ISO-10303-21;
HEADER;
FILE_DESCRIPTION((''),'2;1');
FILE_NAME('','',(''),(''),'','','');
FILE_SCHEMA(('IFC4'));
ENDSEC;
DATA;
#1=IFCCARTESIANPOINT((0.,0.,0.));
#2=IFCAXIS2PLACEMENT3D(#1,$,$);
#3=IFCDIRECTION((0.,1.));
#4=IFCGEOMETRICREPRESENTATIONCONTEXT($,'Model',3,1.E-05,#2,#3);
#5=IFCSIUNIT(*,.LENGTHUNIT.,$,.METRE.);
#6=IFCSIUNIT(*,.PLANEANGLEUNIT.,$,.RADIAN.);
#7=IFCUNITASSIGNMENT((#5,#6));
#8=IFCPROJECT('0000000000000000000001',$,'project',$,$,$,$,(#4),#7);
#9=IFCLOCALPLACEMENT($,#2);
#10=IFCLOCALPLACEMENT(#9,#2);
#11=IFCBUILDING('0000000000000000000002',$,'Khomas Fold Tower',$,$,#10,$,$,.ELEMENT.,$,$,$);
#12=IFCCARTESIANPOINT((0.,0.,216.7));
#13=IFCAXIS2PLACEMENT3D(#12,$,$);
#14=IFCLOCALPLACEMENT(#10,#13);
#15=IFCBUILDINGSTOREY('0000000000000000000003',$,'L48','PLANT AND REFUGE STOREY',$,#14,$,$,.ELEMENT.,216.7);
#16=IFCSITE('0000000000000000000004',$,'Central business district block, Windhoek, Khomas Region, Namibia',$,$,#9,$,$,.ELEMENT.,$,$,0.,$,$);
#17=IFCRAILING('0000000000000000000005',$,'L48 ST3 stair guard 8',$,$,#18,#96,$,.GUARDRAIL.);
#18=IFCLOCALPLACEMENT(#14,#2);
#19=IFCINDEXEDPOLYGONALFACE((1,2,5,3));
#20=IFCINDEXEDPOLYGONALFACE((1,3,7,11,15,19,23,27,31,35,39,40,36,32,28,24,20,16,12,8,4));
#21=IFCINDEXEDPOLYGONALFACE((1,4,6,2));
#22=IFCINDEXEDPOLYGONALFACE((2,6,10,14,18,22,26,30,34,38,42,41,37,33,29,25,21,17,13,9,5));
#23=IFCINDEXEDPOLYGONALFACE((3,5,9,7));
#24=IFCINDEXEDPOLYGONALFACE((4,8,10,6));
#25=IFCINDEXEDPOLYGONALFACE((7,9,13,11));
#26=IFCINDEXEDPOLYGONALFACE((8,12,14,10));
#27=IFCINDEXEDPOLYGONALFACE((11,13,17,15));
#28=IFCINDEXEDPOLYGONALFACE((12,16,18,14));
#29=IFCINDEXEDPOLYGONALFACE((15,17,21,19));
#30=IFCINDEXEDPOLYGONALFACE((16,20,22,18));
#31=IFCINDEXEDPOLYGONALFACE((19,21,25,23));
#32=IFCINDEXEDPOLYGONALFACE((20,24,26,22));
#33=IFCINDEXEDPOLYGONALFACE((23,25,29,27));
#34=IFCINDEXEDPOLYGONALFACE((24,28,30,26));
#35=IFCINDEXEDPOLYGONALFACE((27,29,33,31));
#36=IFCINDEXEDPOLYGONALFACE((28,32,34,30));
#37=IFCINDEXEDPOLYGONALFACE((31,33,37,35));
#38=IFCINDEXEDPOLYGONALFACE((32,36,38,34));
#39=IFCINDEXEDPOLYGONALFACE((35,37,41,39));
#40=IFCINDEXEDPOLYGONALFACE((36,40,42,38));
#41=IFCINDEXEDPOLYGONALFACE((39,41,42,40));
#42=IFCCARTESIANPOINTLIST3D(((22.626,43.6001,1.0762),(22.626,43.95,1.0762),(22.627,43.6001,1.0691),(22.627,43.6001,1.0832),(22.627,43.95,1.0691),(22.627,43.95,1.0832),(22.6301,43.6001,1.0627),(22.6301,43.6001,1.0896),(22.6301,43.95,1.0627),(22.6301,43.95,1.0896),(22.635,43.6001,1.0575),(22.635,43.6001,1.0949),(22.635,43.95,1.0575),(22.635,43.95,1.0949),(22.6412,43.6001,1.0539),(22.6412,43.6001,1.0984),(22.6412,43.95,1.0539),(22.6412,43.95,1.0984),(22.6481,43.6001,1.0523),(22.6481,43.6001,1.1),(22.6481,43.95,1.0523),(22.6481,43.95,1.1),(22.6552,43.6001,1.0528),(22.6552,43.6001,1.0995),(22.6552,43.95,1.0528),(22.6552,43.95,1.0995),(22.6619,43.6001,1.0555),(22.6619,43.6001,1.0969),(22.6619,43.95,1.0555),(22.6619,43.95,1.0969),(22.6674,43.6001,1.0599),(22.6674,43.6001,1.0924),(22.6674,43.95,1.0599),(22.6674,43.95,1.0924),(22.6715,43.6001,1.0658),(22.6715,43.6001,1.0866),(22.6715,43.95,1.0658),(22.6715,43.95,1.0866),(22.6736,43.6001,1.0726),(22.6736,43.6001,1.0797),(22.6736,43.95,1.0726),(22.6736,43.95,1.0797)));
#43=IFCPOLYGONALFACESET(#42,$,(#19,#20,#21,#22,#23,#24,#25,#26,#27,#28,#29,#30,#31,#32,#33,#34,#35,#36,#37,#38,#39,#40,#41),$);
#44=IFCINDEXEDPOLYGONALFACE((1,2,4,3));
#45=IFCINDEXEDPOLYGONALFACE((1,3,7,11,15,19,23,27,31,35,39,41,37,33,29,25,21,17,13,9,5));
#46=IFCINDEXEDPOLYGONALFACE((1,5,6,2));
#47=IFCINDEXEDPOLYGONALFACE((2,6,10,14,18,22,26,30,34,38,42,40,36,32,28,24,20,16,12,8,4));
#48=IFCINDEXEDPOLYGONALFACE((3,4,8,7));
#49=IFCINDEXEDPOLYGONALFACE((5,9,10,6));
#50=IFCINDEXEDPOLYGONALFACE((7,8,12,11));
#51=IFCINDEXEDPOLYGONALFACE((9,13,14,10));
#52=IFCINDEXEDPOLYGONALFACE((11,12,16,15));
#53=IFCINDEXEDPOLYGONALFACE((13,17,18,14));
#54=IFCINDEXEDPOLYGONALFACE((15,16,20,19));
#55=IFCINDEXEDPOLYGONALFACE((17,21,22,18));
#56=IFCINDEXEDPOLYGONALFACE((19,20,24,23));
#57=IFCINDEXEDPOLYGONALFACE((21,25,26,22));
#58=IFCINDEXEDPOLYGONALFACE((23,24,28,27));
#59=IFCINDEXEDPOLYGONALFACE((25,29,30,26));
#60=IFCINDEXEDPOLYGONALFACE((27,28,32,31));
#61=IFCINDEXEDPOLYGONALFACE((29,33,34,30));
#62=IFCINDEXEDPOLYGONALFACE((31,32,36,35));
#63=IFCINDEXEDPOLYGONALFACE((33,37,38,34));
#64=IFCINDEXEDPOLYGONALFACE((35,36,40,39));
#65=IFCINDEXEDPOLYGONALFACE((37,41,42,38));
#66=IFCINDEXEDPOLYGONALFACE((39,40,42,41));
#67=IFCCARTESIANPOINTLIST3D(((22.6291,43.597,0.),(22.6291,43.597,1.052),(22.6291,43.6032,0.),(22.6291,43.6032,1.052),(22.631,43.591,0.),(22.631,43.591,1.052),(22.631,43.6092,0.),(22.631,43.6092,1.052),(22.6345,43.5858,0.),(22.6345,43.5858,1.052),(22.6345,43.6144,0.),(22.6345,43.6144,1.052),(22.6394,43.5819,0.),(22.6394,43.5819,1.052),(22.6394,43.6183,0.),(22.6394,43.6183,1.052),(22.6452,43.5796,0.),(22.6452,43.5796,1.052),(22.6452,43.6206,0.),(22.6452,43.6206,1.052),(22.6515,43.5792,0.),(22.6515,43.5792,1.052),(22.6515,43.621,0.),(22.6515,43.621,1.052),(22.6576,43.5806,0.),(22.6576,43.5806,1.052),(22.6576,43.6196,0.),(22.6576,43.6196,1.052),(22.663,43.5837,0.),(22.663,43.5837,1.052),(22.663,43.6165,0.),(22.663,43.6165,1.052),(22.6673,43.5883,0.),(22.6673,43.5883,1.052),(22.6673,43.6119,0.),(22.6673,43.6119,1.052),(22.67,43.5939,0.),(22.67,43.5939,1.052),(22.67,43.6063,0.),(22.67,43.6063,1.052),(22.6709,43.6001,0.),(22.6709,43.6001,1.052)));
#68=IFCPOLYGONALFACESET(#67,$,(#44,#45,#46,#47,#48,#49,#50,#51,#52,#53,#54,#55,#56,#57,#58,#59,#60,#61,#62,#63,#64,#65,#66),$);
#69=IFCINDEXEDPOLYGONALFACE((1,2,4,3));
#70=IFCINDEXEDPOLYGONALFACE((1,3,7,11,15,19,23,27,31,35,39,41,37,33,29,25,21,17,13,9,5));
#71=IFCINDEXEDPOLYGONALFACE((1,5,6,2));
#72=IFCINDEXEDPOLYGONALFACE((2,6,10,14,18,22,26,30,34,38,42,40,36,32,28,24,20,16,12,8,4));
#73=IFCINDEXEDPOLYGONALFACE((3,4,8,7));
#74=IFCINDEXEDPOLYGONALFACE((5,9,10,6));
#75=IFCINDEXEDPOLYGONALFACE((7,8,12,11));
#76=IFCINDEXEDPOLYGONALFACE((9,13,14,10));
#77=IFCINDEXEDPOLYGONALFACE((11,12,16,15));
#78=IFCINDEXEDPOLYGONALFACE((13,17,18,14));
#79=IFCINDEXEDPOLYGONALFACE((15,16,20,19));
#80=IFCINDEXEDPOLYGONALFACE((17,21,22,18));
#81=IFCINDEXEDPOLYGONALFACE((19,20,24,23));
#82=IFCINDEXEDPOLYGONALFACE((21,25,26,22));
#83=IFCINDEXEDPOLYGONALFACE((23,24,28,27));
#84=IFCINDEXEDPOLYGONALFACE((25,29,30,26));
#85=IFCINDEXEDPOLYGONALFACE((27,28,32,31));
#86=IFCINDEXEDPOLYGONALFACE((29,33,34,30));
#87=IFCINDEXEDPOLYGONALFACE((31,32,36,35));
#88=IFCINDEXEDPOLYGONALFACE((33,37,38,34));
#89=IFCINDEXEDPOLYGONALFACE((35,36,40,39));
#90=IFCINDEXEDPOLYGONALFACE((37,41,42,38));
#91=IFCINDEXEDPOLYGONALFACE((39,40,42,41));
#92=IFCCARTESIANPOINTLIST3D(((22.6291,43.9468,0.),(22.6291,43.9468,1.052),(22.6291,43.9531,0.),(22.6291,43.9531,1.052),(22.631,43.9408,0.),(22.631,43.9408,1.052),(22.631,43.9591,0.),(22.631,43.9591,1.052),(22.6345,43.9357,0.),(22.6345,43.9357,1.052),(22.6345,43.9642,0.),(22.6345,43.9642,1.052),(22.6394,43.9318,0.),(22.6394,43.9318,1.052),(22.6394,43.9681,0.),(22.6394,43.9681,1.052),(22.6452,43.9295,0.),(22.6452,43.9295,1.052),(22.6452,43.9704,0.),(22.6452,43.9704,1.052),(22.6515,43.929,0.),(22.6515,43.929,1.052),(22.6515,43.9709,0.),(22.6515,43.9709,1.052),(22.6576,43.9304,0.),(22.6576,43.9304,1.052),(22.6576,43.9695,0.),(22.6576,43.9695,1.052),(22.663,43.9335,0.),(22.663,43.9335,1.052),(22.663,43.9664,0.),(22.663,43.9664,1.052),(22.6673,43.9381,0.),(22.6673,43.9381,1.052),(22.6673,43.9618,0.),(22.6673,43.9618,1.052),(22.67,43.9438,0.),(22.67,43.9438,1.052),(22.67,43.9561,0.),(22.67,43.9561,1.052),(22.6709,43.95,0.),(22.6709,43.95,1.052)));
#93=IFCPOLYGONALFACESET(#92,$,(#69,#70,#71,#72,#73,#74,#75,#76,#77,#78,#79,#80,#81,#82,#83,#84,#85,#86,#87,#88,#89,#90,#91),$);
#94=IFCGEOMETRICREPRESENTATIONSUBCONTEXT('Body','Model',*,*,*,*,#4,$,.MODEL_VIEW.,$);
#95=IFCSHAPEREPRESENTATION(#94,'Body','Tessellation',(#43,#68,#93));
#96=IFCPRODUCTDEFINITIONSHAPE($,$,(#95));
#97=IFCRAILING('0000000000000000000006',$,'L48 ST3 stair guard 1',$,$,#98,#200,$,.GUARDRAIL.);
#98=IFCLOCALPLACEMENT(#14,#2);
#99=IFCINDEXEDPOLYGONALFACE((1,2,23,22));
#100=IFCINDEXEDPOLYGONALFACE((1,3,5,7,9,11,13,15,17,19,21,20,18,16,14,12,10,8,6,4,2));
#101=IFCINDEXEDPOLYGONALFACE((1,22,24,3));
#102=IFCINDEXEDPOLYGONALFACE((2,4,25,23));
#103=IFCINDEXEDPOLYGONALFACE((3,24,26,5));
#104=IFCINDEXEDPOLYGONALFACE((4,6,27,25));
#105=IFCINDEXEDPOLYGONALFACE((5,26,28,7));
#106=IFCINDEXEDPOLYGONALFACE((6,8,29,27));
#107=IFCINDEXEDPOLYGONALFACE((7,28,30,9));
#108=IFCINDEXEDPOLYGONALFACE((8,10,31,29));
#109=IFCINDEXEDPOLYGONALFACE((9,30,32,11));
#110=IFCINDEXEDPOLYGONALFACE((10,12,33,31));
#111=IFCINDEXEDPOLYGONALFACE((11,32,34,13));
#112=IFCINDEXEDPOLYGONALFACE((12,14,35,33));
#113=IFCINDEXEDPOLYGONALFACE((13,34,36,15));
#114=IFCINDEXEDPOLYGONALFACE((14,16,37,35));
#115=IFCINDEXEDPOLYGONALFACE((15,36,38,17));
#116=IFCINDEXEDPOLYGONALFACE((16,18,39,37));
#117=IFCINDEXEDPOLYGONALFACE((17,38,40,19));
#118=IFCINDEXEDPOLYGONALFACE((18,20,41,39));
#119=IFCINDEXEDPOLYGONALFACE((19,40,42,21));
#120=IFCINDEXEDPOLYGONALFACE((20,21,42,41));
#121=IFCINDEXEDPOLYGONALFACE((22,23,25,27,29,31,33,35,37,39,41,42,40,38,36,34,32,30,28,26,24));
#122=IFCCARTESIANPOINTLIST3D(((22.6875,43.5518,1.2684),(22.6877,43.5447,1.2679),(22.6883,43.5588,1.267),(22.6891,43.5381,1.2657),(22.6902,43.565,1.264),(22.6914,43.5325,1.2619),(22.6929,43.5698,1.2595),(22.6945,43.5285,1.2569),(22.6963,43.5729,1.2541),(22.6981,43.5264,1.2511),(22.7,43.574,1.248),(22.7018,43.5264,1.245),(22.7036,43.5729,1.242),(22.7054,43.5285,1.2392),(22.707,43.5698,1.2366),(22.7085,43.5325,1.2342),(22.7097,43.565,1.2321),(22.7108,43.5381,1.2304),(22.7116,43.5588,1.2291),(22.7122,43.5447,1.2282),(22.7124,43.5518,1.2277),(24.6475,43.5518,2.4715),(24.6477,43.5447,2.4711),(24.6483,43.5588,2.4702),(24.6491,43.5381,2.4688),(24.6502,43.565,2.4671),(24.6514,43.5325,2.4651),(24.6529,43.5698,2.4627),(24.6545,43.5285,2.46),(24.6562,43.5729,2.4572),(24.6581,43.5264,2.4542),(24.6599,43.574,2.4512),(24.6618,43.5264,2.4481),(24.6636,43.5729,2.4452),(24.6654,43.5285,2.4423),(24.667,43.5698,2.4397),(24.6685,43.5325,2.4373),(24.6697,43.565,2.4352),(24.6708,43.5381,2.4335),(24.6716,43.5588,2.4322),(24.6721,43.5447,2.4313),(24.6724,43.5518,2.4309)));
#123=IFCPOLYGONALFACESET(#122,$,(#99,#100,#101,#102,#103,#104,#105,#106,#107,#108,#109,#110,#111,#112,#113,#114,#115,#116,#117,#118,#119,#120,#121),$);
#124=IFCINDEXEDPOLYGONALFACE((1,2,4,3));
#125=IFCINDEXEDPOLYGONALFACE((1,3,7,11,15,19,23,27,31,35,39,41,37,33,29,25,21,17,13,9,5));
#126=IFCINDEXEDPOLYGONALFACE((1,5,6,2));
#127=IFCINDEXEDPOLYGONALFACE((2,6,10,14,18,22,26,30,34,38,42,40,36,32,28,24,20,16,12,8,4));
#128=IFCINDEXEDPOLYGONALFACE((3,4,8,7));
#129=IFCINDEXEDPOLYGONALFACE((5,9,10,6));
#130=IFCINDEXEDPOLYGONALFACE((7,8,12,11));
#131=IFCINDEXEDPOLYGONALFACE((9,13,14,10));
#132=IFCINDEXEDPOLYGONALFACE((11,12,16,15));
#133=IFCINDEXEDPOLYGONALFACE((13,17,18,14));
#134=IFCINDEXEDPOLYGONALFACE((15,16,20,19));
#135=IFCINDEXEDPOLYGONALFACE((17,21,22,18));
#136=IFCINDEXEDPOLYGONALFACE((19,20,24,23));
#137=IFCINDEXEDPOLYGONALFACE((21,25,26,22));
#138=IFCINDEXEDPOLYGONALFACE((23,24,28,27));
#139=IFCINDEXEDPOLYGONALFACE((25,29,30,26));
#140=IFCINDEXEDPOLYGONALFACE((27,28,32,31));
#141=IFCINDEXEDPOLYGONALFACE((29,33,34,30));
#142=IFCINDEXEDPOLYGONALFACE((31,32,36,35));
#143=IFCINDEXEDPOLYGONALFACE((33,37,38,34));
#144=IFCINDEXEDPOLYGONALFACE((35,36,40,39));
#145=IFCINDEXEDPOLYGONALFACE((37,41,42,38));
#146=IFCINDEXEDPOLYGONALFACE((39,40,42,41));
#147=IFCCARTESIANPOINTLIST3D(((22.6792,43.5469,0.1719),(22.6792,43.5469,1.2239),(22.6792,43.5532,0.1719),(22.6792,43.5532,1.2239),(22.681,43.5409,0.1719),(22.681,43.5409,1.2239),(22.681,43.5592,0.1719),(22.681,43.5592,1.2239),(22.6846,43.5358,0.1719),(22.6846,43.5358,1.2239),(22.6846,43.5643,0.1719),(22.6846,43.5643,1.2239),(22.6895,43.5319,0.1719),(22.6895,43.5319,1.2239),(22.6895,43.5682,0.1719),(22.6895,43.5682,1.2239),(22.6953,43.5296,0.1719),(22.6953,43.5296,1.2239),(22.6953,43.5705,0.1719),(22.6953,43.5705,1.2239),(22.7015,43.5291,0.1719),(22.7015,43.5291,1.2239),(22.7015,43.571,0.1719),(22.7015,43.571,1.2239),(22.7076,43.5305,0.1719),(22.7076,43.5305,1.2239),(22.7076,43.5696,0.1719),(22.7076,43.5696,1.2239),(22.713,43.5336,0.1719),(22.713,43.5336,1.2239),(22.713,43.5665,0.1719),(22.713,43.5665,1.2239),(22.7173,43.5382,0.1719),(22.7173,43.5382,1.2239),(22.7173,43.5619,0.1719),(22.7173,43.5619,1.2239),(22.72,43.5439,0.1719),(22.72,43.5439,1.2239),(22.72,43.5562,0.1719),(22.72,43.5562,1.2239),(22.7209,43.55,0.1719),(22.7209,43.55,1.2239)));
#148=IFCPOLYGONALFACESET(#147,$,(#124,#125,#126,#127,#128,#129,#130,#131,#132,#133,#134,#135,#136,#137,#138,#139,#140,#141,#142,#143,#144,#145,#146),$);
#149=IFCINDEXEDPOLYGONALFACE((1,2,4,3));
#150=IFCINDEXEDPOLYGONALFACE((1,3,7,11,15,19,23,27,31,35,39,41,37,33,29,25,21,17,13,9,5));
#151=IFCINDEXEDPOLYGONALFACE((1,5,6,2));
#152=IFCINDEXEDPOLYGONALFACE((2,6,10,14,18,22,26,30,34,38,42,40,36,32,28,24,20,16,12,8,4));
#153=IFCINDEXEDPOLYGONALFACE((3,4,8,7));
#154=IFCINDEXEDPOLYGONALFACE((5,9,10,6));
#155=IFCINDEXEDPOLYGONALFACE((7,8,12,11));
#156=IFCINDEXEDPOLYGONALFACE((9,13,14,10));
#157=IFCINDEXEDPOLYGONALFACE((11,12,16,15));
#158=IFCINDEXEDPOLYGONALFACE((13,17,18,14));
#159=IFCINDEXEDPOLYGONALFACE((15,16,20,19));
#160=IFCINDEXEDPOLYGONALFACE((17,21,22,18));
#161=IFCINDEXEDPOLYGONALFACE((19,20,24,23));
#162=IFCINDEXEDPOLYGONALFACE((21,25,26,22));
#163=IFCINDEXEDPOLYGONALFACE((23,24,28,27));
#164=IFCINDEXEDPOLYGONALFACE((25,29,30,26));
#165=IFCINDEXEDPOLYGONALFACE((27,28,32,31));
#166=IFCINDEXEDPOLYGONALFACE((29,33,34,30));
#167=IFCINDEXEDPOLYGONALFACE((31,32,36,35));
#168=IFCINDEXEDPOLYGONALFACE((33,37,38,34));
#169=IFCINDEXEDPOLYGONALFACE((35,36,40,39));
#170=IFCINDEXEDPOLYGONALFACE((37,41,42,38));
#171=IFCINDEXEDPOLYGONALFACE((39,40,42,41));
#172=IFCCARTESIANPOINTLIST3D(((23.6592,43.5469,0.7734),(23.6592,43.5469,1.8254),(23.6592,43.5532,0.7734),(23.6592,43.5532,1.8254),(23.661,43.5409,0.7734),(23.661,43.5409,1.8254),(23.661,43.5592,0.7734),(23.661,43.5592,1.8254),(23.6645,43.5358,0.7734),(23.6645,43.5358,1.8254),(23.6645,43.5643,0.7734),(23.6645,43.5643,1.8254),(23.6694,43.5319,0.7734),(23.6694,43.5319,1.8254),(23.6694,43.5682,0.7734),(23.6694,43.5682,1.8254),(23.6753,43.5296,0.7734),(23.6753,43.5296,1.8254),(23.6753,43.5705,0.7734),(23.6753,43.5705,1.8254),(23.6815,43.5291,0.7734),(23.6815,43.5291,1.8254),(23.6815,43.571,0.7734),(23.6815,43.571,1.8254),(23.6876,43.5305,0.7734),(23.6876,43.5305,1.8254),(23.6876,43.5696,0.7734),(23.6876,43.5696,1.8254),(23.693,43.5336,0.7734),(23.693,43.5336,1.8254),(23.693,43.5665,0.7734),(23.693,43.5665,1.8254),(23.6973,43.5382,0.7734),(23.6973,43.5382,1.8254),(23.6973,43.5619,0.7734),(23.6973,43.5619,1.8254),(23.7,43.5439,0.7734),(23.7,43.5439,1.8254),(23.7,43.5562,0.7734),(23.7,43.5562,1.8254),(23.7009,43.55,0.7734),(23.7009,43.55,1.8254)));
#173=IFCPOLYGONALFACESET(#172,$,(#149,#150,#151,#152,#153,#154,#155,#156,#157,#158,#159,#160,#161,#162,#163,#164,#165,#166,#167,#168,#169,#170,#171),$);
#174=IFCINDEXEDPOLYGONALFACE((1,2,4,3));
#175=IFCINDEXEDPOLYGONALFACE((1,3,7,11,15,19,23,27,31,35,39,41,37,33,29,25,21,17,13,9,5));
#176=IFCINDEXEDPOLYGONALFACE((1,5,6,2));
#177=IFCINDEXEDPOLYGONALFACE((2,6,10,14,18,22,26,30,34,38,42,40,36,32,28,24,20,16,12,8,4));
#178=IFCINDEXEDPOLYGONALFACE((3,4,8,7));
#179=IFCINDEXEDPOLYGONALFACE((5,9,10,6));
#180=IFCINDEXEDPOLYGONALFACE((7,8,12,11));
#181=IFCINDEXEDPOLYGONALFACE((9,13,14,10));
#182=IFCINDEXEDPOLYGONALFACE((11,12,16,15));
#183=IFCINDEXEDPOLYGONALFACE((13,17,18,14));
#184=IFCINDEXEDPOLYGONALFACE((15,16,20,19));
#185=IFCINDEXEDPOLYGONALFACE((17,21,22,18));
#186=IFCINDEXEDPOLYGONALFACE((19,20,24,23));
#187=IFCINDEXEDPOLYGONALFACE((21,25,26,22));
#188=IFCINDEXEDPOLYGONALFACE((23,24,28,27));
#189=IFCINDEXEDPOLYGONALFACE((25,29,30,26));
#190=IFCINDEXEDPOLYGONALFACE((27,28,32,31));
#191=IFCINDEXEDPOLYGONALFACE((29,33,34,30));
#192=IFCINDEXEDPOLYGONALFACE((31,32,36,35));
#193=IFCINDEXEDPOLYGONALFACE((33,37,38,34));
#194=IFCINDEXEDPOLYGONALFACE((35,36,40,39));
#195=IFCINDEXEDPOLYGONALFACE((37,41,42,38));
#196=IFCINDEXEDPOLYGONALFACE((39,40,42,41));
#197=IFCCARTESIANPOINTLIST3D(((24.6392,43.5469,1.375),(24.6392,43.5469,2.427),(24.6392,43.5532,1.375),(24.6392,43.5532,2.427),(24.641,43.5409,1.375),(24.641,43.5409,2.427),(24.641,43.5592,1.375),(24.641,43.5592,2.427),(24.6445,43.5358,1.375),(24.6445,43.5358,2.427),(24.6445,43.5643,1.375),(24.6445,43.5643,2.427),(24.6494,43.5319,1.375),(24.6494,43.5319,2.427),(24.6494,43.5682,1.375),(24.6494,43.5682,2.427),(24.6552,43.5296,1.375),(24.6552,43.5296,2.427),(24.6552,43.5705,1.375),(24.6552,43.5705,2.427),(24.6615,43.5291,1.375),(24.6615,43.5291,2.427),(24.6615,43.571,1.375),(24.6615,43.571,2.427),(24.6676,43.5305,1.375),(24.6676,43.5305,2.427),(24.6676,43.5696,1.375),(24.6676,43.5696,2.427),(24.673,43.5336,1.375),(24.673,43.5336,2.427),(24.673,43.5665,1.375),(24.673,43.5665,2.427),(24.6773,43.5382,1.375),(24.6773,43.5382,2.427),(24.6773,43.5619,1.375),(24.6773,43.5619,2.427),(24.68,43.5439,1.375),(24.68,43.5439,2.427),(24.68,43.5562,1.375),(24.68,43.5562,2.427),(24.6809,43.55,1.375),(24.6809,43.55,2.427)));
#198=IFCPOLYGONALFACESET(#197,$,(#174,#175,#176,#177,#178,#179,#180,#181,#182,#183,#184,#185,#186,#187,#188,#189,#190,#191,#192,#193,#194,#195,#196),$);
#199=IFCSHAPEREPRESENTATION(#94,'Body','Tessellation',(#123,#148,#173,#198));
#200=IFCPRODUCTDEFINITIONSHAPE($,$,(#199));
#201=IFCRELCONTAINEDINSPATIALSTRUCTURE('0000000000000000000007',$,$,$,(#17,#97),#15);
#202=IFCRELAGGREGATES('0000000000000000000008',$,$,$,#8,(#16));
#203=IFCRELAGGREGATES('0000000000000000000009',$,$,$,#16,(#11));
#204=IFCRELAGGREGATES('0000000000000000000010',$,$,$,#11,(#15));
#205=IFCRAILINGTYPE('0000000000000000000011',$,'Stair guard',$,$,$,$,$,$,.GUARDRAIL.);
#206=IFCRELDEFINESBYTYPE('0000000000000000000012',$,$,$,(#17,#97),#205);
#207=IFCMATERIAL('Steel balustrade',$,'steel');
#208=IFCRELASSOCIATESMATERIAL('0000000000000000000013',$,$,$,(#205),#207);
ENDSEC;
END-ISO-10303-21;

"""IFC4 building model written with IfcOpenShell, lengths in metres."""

from ifc_helpers import new_model, si_unit, direction, frame, origin, origin_2d, place, context, subcontext, project, spatial, circle, extrude, source, transform, mapped, material, type_object, element, save


model = new_model("IFC4")

# Units and contexts
model_context = context("Model", 3, precision=1e-05, world=origin(), true_north=direction((0.0, 1.0)))
body_context = subcontext(model_context, "Body", "Model", "MODEL_VIEW")
ifc_project = project(units=[si_unit("LENGTHUNIT", "METRE"), si_unit("PLANEANGLEUNIT", "RADIAN")], contexts=[model_context])

# Site, building, storey
site_placement = place(None, origin())
site = spatial("IfcSite", under=ifc_project, at=site_placement, Name="Central business district block, Windhoek, Khomas Region, Namibia", CompositionType="ELEMENT", RefElevation=0.0)
building_placement = place(site_placement, origin())
building = spatial("IfcBuilding", under=site, at=building_placement, Name="Khomas Fold Tower", CompositionType="ELEMENT")
storey_placement = place(building_placement, frame((0.0, 0.0, 216.7)))
storey = spatial("IfcBuildingStorey", under=building, at=storey_placement, Name="L48", Description="PLANT AND REFUGE STOREY", CompositionType="ELEMENT", Elevation=216.7)

# Railings
ifc_material_1 = material(Name="Steel balustrade", Category="steel")
railing_type_1 = type_object("IfcRailingType", Name="Stair guard", PredefinedType="GUARDRAIL", material=ifc_material_1)
shared_shape_1 = source(origin(), body_context, "Body", "SweptSolid", [
    extrude(circle(Radius=0.0239, at=origin_2d()), frame((0.0, 0.0, 1.0762), z_axis=(0.0, 1.0, 0.0), x_axis=(-1.0, 0.0, 0.0)), (0.0, 0.0, 1.0), 0.3499),
    extrude(circle(Radius=0.021, at=origin_2d()), origin(), (0.0, 0.0, 1.0), 1.052),
    extrude(circle(Radius=0.021, at=origin_2d()), frame((0.0, 0.3499, 0.0)), (0.0, 0.0, 1.0), 1.052),
])
for number, where, name in (
    (1, (22.6499, 43.6001, 0.0), "L48 ST3 stair guard 8"),
):
    element("IfcRailing", number, at=place(storey_placement, frame(where)), inside=storey, type_object=railing_type_1, Name=name, PredefinedType="GUARDRAIL", context=body_context, shape_type="MappedRepresentation", body=[
        mapped(shared_shape_1, transform((0.0, 0.0, 0.0))),
    ])
shared_shape_2 = source(origin(), body_context, "Body", "SweptSolid", [
    extrude(circle(Radius=0.0239, at=origin_2d()), frame((0.0, 0.0, 1.0762), z_axis=(0.852241, 0.0, 0.523149), x_axis=(0.0, 1.0, 0.0)), (0.0, 0.0, 1.0), 2.2998),
    extrude(circle(Radius=0.021, at=origin_2d()), origin(), (0.0, 0.0, 1.0), 1.052),
    extrude(circle(Radius=0.021, at=origin_2d()), frame((0.98, 0.0, 0.6016)), (0.0, 0.0, 1.0), 1.052),
    extrude(circle(Radius=0.021, at=origin_2d()), frame((1.96, 0.0, 1.2031)), (0.0, 0.0, 1.0), 1.052),
])
for number, where, name in (
    (2, (22.7, 43.55, 0.1719), "L48 ST3 stair guard 1"),
):
    element("IfcRailing", number, at=place(storey_placement, frame(where)), inside=storey, type_object=railing_type_1, Name=name, PredefinedType="GUARDRAIL", context=body_context, shape_type="MappedRepresentation", body=[
        mapped(shared_shape_2, transform((0.0, 0.0, 0.0))),
    ])

save(model, "model.ifc")
